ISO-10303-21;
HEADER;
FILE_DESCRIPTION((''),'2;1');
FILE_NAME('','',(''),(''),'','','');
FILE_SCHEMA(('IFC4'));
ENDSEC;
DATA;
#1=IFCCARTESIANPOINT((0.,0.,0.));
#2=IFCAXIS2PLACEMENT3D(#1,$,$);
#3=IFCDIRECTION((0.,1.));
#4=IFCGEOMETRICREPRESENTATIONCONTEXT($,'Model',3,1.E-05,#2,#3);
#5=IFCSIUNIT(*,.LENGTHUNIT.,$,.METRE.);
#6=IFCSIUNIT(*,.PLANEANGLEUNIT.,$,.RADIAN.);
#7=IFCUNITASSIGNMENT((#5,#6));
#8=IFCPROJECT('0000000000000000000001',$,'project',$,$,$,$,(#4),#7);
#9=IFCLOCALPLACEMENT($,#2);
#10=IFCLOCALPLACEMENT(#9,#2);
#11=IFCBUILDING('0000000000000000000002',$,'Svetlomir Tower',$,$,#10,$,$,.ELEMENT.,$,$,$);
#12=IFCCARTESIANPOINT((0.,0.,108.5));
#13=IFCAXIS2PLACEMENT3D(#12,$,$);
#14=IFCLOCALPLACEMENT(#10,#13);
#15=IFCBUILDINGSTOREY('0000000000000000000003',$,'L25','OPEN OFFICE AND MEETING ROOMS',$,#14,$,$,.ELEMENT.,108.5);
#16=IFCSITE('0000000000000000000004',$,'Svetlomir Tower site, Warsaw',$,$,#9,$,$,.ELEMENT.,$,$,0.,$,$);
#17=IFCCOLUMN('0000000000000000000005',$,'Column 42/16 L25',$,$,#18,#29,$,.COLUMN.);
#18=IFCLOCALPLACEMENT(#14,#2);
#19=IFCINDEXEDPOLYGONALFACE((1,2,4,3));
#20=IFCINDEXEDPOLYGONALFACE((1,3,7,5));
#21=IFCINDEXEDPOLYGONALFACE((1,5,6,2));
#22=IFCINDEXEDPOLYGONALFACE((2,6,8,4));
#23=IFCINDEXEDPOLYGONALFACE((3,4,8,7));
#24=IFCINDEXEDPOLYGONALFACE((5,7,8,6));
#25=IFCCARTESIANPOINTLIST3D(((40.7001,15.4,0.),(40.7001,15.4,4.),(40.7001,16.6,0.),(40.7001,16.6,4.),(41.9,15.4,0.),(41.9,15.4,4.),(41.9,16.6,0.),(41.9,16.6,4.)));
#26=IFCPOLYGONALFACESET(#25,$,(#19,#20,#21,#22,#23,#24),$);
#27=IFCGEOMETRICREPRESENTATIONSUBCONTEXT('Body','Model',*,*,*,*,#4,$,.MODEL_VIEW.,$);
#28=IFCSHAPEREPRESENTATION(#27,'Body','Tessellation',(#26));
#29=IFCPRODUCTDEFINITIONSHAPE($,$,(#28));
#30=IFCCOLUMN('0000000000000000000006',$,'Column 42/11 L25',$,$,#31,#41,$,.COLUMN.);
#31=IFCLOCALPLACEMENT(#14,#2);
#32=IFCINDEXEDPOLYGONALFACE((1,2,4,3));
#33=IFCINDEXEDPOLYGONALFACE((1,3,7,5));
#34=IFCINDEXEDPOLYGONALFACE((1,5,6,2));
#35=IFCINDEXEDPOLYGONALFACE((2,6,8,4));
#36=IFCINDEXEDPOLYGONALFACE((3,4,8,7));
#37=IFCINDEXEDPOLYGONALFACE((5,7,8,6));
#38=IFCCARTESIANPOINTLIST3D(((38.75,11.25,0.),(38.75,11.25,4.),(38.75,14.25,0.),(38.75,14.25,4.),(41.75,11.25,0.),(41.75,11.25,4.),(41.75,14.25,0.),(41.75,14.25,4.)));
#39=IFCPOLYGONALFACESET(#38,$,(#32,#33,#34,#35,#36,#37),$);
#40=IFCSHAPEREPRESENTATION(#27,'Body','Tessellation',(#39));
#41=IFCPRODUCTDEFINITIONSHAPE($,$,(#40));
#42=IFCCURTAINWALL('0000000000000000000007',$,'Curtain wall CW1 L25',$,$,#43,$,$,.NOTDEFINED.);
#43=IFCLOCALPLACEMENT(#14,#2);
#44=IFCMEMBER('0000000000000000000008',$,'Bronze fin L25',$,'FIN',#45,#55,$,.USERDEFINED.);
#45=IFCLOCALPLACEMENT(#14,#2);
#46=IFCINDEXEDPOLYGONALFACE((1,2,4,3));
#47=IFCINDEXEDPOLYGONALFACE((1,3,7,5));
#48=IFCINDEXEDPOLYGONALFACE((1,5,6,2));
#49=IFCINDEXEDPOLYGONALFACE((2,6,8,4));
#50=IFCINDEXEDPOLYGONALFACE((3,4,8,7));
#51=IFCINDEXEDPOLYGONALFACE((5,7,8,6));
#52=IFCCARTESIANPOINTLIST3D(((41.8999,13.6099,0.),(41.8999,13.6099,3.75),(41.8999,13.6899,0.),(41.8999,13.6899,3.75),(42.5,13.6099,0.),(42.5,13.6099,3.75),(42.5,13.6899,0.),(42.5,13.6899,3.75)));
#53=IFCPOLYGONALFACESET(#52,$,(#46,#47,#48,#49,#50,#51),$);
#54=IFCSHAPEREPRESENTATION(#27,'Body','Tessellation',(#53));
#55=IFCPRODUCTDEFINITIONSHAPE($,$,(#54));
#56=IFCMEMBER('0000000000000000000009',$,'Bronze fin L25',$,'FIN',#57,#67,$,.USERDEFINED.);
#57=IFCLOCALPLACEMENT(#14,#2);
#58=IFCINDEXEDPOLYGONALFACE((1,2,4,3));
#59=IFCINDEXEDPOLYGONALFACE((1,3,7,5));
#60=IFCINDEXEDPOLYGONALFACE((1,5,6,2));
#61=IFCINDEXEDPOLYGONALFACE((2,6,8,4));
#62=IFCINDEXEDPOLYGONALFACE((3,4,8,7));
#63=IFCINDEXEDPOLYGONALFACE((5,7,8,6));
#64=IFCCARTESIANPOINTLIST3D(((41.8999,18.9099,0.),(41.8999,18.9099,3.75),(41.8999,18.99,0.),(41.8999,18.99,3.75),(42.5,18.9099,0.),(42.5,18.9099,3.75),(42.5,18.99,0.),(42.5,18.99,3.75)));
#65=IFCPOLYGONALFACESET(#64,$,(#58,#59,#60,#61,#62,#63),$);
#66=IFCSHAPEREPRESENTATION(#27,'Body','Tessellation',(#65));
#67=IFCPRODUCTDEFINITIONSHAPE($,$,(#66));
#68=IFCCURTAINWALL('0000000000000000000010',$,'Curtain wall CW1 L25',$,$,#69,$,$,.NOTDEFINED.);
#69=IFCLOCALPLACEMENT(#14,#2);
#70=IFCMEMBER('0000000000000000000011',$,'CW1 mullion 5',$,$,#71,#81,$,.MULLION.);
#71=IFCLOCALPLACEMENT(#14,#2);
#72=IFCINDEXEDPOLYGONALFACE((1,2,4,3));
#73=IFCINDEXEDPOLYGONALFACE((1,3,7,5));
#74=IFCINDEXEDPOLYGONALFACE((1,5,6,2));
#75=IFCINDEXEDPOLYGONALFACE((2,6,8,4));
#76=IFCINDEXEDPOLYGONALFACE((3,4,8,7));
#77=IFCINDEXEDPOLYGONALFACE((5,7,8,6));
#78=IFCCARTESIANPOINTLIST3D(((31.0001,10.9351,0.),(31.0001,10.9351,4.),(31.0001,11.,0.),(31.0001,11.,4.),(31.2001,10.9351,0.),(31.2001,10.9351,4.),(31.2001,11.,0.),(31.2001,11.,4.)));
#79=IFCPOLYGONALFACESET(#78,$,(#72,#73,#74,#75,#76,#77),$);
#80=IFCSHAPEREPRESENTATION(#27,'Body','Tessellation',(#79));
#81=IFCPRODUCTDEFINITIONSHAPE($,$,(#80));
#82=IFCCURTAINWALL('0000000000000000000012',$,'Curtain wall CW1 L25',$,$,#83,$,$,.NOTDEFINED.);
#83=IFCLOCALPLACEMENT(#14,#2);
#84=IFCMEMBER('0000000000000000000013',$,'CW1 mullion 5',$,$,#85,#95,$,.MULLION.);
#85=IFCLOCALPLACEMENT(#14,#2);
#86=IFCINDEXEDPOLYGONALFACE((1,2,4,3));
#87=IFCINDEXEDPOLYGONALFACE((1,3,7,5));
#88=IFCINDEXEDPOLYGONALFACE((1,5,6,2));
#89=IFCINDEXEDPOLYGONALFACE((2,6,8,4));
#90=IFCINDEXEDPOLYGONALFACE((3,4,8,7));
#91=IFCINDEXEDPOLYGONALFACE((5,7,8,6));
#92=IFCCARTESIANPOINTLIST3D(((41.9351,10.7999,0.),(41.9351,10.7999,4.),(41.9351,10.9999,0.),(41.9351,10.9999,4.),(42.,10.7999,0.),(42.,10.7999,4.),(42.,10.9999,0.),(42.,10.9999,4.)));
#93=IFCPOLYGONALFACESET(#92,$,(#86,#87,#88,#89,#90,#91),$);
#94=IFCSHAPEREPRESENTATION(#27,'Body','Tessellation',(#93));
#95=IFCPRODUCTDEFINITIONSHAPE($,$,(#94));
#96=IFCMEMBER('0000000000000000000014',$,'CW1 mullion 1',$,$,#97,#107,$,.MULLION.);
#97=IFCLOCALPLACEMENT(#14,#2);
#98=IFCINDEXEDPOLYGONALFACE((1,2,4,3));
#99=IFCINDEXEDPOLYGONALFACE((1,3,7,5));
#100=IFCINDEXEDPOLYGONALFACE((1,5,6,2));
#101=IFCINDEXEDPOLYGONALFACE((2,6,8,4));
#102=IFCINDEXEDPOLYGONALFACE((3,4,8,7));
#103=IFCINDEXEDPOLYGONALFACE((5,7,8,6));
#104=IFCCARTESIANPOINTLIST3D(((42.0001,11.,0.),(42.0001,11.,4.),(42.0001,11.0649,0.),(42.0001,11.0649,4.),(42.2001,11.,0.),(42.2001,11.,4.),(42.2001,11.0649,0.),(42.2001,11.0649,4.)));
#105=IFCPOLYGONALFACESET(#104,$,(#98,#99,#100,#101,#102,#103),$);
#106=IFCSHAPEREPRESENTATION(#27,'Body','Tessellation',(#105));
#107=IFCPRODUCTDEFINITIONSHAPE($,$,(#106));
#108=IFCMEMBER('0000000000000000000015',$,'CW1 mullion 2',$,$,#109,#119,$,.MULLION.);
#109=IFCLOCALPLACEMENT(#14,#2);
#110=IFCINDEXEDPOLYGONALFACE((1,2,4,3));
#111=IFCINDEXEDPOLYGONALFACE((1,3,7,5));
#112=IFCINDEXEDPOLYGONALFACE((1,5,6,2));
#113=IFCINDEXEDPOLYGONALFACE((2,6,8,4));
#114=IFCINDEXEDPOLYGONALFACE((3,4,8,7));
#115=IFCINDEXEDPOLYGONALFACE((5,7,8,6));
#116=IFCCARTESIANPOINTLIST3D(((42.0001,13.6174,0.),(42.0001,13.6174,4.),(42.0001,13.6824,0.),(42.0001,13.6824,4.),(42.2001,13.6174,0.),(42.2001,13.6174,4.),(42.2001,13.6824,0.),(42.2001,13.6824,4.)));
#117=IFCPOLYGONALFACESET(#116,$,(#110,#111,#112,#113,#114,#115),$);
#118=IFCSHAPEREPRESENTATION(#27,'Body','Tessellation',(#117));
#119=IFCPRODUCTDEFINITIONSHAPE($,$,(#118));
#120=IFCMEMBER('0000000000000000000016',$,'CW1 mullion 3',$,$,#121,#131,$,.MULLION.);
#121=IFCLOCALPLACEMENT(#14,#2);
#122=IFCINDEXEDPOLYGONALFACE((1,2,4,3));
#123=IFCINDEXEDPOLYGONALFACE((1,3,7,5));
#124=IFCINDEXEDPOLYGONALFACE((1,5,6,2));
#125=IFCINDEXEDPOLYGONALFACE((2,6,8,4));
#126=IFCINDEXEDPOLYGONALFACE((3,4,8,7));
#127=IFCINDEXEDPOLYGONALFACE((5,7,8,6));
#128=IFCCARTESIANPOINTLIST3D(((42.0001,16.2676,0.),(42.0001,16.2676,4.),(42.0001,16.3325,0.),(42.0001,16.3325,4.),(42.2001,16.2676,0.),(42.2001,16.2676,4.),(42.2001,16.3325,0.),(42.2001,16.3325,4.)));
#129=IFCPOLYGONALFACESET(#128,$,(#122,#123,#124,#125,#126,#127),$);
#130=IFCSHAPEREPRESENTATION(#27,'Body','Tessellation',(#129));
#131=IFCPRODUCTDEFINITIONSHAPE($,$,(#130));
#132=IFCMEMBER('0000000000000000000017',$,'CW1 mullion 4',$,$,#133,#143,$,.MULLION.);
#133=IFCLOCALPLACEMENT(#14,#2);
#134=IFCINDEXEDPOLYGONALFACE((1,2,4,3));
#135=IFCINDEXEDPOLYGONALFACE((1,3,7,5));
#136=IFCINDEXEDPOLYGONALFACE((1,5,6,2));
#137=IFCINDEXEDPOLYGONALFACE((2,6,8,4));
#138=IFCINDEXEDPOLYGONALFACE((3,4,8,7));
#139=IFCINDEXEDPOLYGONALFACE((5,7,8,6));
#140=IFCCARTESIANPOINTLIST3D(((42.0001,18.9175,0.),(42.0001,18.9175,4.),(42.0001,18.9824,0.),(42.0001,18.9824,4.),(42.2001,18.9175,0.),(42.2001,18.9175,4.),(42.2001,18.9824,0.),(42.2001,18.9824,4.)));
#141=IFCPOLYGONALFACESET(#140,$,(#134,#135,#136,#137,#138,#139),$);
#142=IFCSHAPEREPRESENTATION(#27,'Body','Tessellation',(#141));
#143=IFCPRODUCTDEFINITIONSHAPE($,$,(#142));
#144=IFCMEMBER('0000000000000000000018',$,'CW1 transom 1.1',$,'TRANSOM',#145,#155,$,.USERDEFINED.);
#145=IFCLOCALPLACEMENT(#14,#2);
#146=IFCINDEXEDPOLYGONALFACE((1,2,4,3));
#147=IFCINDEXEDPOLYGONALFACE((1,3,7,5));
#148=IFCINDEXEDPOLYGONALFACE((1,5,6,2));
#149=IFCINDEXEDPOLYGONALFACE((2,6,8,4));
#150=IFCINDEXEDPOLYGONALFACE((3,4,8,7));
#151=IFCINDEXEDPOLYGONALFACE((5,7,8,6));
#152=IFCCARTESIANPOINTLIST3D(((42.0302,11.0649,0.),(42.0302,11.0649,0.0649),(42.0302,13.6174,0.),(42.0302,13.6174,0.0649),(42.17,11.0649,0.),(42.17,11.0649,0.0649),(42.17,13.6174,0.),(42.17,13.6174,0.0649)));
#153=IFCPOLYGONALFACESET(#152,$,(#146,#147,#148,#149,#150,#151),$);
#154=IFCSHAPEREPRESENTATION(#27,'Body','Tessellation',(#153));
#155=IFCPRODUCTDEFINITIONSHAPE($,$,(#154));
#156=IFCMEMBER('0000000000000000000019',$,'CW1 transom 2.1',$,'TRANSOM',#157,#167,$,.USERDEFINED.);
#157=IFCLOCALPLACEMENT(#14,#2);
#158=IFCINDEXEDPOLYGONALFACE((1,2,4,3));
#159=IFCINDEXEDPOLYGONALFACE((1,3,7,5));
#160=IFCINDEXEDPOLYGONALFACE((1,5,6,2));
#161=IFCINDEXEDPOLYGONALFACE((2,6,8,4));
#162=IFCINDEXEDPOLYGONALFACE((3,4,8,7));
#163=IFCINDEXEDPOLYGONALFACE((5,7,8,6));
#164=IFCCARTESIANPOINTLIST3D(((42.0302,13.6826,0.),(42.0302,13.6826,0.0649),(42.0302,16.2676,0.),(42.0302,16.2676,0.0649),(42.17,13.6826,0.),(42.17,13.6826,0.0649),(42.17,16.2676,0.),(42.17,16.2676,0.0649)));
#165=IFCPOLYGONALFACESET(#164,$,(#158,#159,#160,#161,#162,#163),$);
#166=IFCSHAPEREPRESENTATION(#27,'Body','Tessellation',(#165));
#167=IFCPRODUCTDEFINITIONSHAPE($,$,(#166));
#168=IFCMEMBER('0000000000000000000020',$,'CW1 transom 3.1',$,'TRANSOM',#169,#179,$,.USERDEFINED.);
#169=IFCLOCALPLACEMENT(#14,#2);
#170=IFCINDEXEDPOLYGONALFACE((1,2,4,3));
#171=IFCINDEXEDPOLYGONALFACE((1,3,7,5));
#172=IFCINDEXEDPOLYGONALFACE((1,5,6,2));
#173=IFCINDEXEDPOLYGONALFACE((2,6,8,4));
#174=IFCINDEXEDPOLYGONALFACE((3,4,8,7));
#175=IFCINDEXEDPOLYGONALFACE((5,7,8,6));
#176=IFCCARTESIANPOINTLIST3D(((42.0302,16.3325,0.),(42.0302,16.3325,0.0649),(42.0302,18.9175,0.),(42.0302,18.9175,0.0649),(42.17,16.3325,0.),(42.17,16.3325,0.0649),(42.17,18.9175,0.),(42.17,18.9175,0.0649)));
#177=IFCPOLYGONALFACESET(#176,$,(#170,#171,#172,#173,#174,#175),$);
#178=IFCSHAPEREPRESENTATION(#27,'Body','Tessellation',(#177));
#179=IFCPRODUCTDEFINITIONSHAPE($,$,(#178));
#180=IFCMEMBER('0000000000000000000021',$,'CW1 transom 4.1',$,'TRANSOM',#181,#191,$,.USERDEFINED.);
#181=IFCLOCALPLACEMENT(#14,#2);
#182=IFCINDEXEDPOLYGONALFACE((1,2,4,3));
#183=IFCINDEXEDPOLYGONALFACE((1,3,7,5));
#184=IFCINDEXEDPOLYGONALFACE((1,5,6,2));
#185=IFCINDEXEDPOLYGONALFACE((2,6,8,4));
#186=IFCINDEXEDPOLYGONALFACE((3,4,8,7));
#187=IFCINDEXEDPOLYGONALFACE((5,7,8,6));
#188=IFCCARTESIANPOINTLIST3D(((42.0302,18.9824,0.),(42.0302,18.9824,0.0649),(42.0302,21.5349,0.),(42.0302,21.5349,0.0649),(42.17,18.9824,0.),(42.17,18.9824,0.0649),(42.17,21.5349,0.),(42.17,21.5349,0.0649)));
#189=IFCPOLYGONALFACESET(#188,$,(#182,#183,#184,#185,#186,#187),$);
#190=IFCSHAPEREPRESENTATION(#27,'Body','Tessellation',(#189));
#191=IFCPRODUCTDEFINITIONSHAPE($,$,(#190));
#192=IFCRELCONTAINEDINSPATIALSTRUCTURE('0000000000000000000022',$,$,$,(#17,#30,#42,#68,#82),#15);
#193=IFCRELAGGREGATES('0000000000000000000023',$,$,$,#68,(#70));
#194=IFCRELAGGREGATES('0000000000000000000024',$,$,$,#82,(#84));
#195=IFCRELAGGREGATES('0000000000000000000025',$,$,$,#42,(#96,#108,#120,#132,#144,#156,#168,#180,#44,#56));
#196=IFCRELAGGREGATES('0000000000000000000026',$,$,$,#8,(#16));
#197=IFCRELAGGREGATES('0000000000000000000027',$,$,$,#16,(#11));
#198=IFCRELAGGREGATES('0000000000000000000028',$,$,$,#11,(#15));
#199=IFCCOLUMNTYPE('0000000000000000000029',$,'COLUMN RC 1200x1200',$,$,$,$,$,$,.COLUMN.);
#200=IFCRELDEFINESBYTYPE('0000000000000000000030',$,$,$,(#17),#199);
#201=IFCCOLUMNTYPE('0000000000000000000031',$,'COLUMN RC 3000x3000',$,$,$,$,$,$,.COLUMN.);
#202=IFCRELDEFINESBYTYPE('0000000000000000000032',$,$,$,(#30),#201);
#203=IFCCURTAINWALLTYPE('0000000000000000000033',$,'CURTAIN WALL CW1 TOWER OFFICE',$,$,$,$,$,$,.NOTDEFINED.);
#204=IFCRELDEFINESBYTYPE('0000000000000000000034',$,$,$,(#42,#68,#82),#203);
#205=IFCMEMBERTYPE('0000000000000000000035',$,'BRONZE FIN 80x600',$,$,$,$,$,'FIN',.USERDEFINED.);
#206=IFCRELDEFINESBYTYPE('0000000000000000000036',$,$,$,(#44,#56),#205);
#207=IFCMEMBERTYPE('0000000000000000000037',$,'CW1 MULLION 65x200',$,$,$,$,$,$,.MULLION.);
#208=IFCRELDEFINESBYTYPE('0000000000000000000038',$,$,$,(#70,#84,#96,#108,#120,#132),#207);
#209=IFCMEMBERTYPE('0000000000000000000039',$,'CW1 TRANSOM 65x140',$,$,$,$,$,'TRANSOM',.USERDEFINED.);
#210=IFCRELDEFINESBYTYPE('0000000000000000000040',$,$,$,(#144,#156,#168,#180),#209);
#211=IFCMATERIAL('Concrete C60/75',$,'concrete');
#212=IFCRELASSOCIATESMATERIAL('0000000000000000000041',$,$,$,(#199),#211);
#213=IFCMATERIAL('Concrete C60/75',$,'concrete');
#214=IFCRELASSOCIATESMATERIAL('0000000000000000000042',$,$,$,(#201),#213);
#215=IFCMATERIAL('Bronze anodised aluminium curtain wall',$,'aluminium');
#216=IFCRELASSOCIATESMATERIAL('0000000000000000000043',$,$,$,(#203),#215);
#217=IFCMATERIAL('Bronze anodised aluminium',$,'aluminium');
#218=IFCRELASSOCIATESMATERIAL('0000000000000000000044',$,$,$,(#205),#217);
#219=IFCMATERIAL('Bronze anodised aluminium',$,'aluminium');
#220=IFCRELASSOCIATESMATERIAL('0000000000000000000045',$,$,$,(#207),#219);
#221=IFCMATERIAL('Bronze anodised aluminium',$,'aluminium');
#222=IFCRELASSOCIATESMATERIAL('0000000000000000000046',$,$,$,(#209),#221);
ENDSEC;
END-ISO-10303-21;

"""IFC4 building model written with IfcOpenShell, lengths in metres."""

from ifc_helpers import new_model, si_unit, direction, frame, origin, origin_2d, place, context, subcontext, project, spatial, rectangle, extrude, material, material_profile, profile_set, type_object, element, aggregate, save


model = new_model("IFC4")

# Units and contexts
model_context = context("Model", 3, precision=1e-05, world=origin(), true_north=direction((0.0, 1.0)))
body_context = subcontext(model_context, "Body", "Model", "MODEL_VIEW")
ifc_project = project(units=[si_unit("LENGTHUNIT", "METRE"), si_unit("PLANEANGLEUNIT", "RADIAN")], contexts=[model_context])

# Site, building, storey
site_placement = place(None, origin())
site = spatial("IfcSite", under=ifc_project, at=site_placement, Name="Svetlomir Tower site, Warsaw", CompositionType="ELEMENT", RefElevation=0.0)
building_placement = place(site_placement, origin())
building = spatial("IfcBuilding", under=site, at=building_placement, Name="Svetlomir Tower", CompositionType="ELEMENT")
storey_placement = place(building_placement, frame((0.0, 0.0, 108.5)))
storey = spatial("IfcBuildingStorey", under=building, at=storey_placement, Name="L25", Description="OPEN OFFICE AND MEETING ROOMS", CompositionType="ELEMENT", Elevation=108.5)

# Columns
ifc_material_1 = material(Name="Concrete C60/75", Category="concrete")
ifc_material_profile_1 = material_profile(ifc_material_1, rectangle(XDim=1.2, YDim=1.2, at=origin_2d()), Name="RC 1200x1200")
ifc_profile_set_1 = profile_set([ifc_material_profile_1], Name="Concrete C60/75")
column_type_1 = type_object("IfcColumnType", Name="COLUMN RC 1200x1200", PredefinedType="COLUMN", material=ifc_profile_set_1)
column_1_placement = place(storey_placement, frame((41.3, 16.0, 0.0), z_axis=(0.0, 0.0, 1.0), x_axis=(1.0, 0.0, 0.0)))
element("IfcColumn", 1, at=column_1_placement, inside=storey, type_object=column_type_1, Name="Column 42/16 L25", PredefinedType="COLUMN", context=body_context, shape_type="SweptSolid", body=[
    extrude(rectangle(XDim=1.2, YDim=1.2, at=origin_2d()), origin(), (0.0, 0.0, 1.0), 4.0),
])
ifc_material_2 = material(Name="Concrete C60/75", Category="concrete")
ifc_material_profile_2 = material_profile(ifc_material_2, rectangle(XDim=3.0, YDim=3.0, at=origin_2d()), Name="RC 3000x3000")
ifc_profile_set_2 = profile_set([ifc_material_profile_2], Name="Concrete C60/75")
column_type_2 = type_object("IfcColumnType", Name="COLUMN RC 3000x3000", PredefinedType="COLUMN", material=ifc_profile_set_2)
column_2_placement = place(storey_placement, frame((40.25, 12.75, 0.0), z_axis=(0.0, 0.0, 1.0), x_axis=(1.0, 0.0, 0.0)))
element("IfcColumn", 2, at=column_2_placement, inside=storey, type_object=column_type_2, Name="Column 42/11 L25", PredefinedType="COLUMN", context=body_context, shape_type="SweptSolid", body=[
    extrude(rectangle(XDim=3.0, YDim=3.0, at=origin_2d()), origin(), (0.0, 0.0, 1.0), 4.0),
])

# Curtain wall, members
ifc_material_3 = material(Name="Bronze anodised aluminium curtain wall", Category="aluminium")
curtain_wall_type = type_object("IfcCurtainWallType", Name="CURTAIN WALL CW1 TOWER OFFICE", PredefinedType="NOTDEFINED", material=ifc_material_3)
curtain_wall_1_placement = place(storey_placement, origin())
curtain_wall_1 = element("IfcCurtainWall", 3, at=curtain_wall_1_placement, inside=storey, type_object=curtain_wall_type, Name="Curtain wall CW1 L25", PredefinedType="NOTDEFINED")
ifc_material_4 = material(Name="Bronze anodised aluminium", Category="aluminium")
ifc_material_profile_3 = material_profile(ifc_material_4, rectangle(XDim=0.0801, YDim=0.6001, at=origin_2d()), Name="FIN 80x600")
ifc_profile_set_3 = profile_set([ifc_material_profile_3], Name="Bronze anodised aluminium 6063-T6")
member_type_1 = type_object("IfcMemberType", Name="BRONZE FIN 80x600", ElementType="FIN", PredefinedType="USERDEFINED", material=ifc_profile_set_3)
member_1_placement = place(storey_placement, frame((42.2, 13.6499, 0.0), z_axis=(0.0, 0.0, 1.0), x_axis=(0.0, 1.0, 0.0)))
member_1 = element("IfcMember", 4, at=member_1_placement, type_object=member_type_1, Name="Bronze fin L25", ObjectType="FIN", PredefinedType="USERDEFINED", context=body_context, shape_type="SweptSolid", body=[
    extrude(rectangle(XDim=0.0801, YDim=0.6001, at=origin_2d()), origin(), (0.0, 0.0, 1.0), 3.75),
])
member_2_placement = place(storey_placement, frame((42.2, 18.95, 0.0), z_axis=(0.0, 0.0, 1.0), x_axis=(0.0, 1.0, 0.0)))
member_2 = element("IfcMember", 5, at=member_2_placement, type_object=member_type_1, Name="Bronze fin L25", ObjectType="FIN", PredefinedType="USERDEFINED", context=body_context, shape_type="SweptSolid", body=[
    extrude(rectangle(XDim=0.0801, YDim=0.6001, at=origin_2d()), origin(), (0.0, 0.0, 1.0), 3.75),
])

# Curtain walls, members
curtain_wall_2_placement = place(storey_placement, origin())
curtain_wall_2 = element("IfcCurtainWall", 6, at=curtain_wall_2_placement, inside=storey, type_object=curtain_wall_type, Name="Curtain wall CW1 L25", PredefinedType="NOTDEFINED")
ifc_material_5 = material(Name="Bronze anodised aluminium", Category="aluminium")
ifc_material_profile_4 = material_profile(ifc_material_5, rectangle(XDim=0.0649, YDim=0.2, at=origin_2d()), Name="AL 65x200")
ifc_profile_set_4 = profile_set([ifc_material_profile_4], Name="Bronze anodised aluminium 6063-T6")
member_type_2 = type_object("IfcMemberType", Name="CW1 MULLION 65x200", PredefinedType="MULLION", material=ifc_profile_set_4)
member_3_placement = place(storey_placement, frame((31.1001, 10.9675, 0.0), z_axis=(0.0, 0.0, 1.0), x_axis=(0.0, 1.0, 0.0)))
member_3 = element("IfcMember", 7, at=member_3_placement, type_object=member_type_2, Name="CW1 mullion 5", PredefinedType="MULLION", context=body_context, shape_type="SweptSolid", body=[
    extrude(rectangle(XDim=0.0649, YDim=0.2, at=origin_2d()), origin(), (0.0, 0.0, 1.0), 4.0),
])
aggregate(curtain_wall_2, [member_3])
curtain_wall_3_placement = place(storey_placement, origin())
curtain_wall_3 = element("IfcCurtainWall", 8, at=curtain_wall_3_placement, inside=storey, type_object=curtain_wall_type, Name="Curtain wall CW1 L25", PredefinedType="NOTDEFINED")
member_4_placement = place(storey_placement, frame((41.9675, 10.8999, 0.0), z_axis=(0.0, 0.0, 1.0), x_axis=(1.0, 0.0, 0.0)))
member_4 = element("IfcMember", 9, at=member_4_placement, type_object=member_type_2, Name="CW1 mullion 5", PredefinedType="MULLION", context=body_context, shape_type="SweptSolid", body=[
    extrude(rectangle(XDim=0.0649, YDim=0.2, at=origin_2d()), origin(), (0.0, 0.0, 1.0), 4.0),
])

# Members
member_5_placement = place(storey_placement, frame((42.1001, 11.0325, 0.0), z_axis=(0.0, 0.0, 1.0), x_axis=(0.0, 1.0, 0.0)))
member_5 = element("IfcMember", 10, at=member_5_placement, type_object=member_type_2, Name="CW1 mullion 1", PredefinedType="MULLION", context=body_context, shape_type="SweptSolid", body=[
    extrude(rectangle(XDim=0.0649, YDim=0.2, at=origin_2d()), origin(), (0.0, 0.0, 1.0), 4.0),
])
member_6_placement = place(storey_placement, frame((42.1001, 13.6499, 0.0), z_axis=(0.0, 0.0, 1.0), x_axis=(0.0, 1.0, 0.0)))
member_6 = element("IfcMember", 11, at=member_6_placement, type_object=member_type_2, Name="CW1 mullion 2", PredefinedType="MULLION", context=body_context, shape_type="SweptSolid", body=[
    extrude(rectangle(XDim=0.0649, YDim=0.2, at=origin_2d()), origin(), (0.0, 0.0, 1.0), 4.0),
])
member_7_placement = place(storey_placement, frame((42.1001, 16.3, 0.0), z_axis=(0.0, 0.0, 1.0), x_axis=(0.0, 1.0, 0.0)))
member_7 = element("IfcMember", 12, at=member_7_placement, type_object=member_type_2, Name="CW1 mullion 3", PredefinedType="MULLION", context=body_context, shape_type="SweptSolid", body=[
    extrude(rectangle(XDim=0.0649, YDim=0.2, at=origin_2d()), origin(), (0.0, 0.0, 1.0), 4.0),
])
member_8_placement = place(storey_placement, frame((42.1001, 18.95, 0.0), z_axis=(0.0, 0.0, 1.0), x_axis=(0.0, 1.0, 0.0)))
member_8 = element("IfcMember", 13, at=member_8_placement, type_object=member_type_2, Name="CW1 mullion 4", PredefinedType="MULLION", context=body_context, shape_type="SweptSolid", body=[
    extrude(rectangle(XDim=0.0649, YDim=0.2, at=origin_2d()), origin(), (0.0, 0.0, 1.0), 4.0),
])
ifc_material_6 = material(Name="Bronze anodised aluminium", Category="aluminium")
ifc_material_profile_5 = material_profile(ifc_material_6, rectangle(XDim=0.1399, YDim=0.0649, at=origin_2d()), Name="AL 140x65")
ifc_profile_set_5 = profile_set([ifc_material_profile_5], Name="Bronze anodised aluminium 6063-T6")
member_type_3 = type_object("IfcMemberType", Name="CW1 TRANSOM 65x140", ElementType="TRANSOM", PredefinedType="USERDEFINED", material=ifc_profile_set_5)
member_9_placement = place(storey_placement, frame((42.1001, 11.0649, 0.0325), z_axis=(0.0, 1.0, 0.0), x_axis=(-1.0, 0.0, 0.0)))
member_9 = element("IfcMember", 14, at=member_9_placement, type_object=member_type_3, Name="CW1 transom 1.1", ObjectType="TRANSOM", PredefinedType="USERDEFINED", context=body_context, shape_type="SweptSolid", body=[
    extrude(rectangle(XDim=0.1399, YDim=0.0649, at=origin_2d()), origin(), (0.0, 0.0, 1.0), 2.5525),
])
member_10_placement = place(storey_placement, frame((42.1001, 13.6826, 0.0325), z_axis=(0.0, 1.0, 0.0), x_axis=(-1.0, 0.0, 0.0)))
member_10 = element("IfcMember", 15, at=member_10_placement, type_object=member_type_3, Name="CW1 transom 2.1", ObjectType="TRANSOM", PredefinedType="USERDEFINED", context=body_context, shape_type="SweptSolid", body=[
    extrude(rectangle(XDim=0.1399, YDim=0.0649, at=origin_2d()), origin(), (0.0, 0.0, 1.0), 2.585),
])
member_11_placement = place(storey_placement, frame((42.1001, 16.3325, 0.0325), z_axis=(0.0, 1.0, 0.0), x_axis=(-1.0, 0.0, 0.0)))
member_11 = element("IfcMember", 16, at=member_11_placement, type_object=member_type_3, Name="CW1 transom 3.1", ObjectType="TRANSOM", PredefinedType="USERDEFINED", context=body_context, shape_type="SweptSolid", body=[
    extrude(rectangle(XDim=0.1399, YDim=0.0649, at=origin_2d()), origin(), (0.0, 0.0, 1.0), 2.585),
])
member_12_placement = place(storey_placement, frame((42.1001, 18.9824, 0.0325), z_axis=(0.0, 1.0, 0.0), x_axis=(-1.0, 0.0, 0.0)))
member_12 = element("IfcMember", 17, at=member_12_placement, type_object=member_type_3, Name="CW1 transom 4.1", ObjectType="TRANSOM", PredefinedType="USERDEFINED", context=body_context, shape_type="SweptSolid", body=[
    extrude(rectangle(XDim=0.1399, YDim=0.0649, at=origin_2d()), origin(), (0.0, 0.0, 1.0), 2.5525),
])

aggregate(curtain_wall_3, [member_4])
aggregate(curtain_wall_1, [member_5, member_6, member_7, member_8, member_9, member_10, member_11, member_12, member_1, member_2])

save(model, "model.ifc")
